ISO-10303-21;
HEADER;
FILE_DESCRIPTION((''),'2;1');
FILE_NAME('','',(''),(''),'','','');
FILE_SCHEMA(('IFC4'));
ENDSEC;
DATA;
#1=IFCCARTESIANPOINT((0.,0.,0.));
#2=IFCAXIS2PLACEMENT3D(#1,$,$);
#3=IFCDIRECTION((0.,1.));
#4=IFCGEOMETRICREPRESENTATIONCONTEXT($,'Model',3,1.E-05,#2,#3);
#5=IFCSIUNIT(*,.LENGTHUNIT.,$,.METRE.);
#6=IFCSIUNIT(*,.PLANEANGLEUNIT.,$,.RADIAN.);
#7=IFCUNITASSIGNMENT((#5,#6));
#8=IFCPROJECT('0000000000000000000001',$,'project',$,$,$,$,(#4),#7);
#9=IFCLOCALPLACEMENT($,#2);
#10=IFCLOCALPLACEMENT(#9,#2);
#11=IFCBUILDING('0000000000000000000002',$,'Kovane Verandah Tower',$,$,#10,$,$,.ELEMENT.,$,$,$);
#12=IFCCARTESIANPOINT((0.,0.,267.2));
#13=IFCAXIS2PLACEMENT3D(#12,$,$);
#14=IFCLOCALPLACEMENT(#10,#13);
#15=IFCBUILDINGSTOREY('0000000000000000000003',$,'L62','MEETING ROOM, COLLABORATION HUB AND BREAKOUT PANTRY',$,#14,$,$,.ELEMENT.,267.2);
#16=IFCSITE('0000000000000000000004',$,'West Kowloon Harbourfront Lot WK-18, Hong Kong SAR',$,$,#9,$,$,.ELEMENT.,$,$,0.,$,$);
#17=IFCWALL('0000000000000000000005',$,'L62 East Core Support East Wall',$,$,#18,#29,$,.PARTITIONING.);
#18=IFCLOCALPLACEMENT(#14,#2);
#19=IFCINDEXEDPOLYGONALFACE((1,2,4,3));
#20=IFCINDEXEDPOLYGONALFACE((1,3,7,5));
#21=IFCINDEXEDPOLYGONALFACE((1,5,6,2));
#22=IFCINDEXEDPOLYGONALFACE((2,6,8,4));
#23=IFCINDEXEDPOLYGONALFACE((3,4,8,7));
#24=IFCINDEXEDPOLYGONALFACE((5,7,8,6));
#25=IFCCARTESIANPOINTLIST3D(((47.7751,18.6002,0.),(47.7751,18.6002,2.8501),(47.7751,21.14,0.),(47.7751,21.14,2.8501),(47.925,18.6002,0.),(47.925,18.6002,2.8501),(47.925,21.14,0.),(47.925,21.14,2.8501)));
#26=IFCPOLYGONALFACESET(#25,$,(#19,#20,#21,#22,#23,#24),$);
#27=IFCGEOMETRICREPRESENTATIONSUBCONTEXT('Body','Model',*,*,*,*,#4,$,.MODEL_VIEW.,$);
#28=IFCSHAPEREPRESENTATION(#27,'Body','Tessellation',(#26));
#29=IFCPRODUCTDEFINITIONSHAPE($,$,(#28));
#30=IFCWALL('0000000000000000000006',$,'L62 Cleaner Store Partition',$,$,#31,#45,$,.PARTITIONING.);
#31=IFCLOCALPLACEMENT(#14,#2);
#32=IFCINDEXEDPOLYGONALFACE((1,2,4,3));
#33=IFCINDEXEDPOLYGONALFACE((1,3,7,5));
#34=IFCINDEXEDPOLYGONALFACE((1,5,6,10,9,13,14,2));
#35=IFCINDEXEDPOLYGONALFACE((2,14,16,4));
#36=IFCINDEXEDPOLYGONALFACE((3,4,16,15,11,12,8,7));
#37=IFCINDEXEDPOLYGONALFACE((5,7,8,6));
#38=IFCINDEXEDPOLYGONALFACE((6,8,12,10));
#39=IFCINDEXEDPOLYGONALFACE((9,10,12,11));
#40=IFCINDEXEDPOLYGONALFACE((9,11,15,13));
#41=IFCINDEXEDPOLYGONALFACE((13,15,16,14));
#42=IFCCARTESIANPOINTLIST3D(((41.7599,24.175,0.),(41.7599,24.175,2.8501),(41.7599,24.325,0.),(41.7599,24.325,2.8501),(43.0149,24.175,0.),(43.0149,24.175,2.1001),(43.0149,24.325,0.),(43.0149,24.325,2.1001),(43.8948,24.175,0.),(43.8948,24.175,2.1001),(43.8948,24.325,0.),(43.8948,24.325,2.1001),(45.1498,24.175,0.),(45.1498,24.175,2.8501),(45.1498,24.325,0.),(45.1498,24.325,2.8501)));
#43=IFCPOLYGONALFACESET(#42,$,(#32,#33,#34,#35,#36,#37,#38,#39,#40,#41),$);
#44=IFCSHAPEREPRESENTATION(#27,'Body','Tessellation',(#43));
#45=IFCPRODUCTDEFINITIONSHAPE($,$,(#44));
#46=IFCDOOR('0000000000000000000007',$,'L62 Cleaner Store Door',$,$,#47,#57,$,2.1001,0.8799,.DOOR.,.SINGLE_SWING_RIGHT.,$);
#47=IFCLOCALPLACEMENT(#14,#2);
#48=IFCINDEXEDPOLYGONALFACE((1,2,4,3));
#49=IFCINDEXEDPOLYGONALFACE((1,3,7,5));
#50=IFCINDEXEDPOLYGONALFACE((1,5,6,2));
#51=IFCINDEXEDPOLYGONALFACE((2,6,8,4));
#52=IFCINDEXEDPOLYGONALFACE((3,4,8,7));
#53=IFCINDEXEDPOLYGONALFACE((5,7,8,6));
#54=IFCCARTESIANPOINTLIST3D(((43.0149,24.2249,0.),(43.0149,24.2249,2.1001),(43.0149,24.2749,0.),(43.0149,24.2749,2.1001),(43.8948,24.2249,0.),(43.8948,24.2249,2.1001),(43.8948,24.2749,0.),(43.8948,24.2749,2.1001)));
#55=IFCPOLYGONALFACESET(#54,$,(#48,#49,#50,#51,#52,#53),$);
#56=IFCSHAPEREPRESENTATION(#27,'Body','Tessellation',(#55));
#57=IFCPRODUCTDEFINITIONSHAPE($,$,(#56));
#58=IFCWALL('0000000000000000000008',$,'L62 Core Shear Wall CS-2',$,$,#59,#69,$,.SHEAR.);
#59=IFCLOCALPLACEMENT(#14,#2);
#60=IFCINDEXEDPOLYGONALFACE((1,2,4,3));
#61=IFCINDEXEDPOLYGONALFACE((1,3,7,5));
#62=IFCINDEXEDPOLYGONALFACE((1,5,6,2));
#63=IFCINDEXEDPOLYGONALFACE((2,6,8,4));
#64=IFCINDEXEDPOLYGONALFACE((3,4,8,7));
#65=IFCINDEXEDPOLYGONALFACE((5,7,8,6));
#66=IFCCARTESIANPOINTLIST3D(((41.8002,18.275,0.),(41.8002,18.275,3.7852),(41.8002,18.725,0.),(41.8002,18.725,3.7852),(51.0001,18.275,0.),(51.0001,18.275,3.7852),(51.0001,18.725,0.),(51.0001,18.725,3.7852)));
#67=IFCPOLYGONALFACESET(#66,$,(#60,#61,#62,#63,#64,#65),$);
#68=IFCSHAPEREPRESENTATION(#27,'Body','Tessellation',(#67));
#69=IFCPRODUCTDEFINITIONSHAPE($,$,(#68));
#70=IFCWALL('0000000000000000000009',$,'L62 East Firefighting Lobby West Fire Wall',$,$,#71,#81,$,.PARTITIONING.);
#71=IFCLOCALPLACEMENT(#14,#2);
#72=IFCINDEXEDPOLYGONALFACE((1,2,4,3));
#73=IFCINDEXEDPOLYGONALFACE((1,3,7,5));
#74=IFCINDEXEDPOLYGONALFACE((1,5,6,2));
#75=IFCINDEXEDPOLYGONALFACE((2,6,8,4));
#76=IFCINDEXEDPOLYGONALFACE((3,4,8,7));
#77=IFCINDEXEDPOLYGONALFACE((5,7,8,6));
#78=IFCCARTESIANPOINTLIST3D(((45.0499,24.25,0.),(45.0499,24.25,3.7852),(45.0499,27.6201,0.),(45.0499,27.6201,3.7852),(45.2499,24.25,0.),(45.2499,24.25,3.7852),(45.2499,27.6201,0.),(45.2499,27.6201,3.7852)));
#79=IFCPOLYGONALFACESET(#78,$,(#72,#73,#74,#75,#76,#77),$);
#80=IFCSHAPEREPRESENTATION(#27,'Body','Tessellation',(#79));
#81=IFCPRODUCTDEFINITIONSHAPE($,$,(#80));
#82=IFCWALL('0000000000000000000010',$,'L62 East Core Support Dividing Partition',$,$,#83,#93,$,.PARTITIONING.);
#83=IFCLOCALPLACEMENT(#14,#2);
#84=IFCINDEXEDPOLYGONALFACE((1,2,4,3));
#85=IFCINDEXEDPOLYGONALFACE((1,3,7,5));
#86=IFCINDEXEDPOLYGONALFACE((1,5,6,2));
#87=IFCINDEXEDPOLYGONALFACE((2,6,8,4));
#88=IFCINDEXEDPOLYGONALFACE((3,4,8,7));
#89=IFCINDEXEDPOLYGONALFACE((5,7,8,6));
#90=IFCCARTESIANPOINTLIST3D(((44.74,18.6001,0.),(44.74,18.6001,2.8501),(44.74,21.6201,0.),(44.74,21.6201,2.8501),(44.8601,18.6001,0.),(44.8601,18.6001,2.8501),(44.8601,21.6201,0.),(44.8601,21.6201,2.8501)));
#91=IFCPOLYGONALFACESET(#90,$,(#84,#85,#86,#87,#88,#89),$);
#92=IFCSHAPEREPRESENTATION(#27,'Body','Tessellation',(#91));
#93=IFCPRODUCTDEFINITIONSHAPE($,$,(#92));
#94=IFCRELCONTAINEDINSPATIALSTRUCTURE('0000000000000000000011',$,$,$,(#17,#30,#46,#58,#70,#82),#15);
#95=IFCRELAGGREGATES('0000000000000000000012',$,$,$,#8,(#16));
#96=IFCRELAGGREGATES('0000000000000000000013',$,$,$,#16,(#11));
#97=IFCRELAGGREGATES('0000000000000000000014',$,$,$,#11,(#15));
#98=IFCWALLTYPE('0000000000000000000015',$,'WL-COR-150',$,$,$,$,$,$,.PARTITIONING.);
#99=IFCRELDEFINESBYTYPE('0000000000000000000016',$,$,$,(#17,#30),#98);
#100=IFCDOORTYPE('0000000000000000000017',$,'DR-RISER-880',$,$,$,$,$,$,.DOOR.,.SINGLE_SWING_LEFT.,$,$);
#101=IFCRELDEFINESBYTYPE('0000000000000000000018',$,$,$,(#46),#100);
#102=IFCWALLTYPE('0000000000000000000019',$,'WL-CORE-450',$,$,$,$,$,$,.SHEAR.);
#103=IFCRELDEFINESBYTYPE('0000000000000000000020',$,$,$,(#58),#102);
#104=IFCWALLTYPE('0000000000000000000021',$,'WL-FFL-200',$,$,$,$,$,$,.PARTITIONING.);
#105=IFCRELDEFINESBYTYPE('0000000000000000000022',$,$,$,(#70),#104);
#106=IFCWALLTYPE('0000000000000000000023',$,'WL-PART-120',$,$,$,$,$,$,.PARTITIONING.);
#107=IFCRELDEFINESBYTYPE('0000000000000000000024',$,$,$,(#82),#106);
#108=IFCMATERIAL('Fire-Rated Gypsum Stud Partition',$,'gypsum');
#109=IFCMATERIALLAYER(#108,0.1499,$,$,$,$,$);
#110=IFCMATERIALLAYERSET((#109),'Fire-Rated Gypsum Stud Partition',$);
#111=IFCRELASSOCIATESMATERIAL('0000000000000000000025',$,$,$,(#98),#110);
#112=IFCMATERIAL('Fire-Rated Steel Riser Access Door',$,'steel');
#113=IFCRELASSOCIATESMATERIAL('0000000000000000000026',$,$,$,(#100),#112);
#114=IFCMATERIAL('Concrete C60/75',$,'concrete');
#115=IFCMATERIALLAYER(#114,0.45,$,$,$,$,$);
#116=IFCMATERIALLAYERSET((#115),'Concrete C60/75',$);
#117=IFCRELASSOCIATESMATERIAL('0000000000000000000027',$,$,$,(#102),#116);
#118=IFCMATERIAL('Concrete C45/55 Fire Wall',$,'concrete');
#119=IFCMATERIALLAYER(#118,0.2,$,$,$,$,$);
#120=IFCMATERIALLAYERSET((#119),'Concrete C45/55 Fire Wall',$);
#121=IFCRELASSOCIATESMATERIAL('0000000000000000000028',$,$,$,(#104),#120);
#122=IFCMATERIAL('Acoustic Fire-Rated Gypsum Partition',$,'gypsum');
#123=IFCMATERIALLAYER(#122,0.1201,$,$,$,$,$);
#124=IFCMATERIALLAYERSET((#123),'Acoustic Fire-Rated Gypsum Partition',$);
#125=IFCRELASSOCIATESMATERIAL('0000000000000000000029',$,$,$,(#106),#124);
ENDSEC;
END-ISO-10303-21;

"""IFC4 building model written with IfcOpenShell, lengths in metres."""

from ifc_helpers import new_model, si_unit, direction, frame, frame_2d, origin, place, context, subcontext, project, spatial, rectangle, extrude, material, layer, layer_set, type_object, element, fill, save


model = new_model("IFC4")

# Units and contexts
model_context = context("Model", 3, precision=1e-05, world=origin(), true_north=direction((0.0, 1.0)))
body_context = subcontext(model_context, "Body", "Model", "MODEL_VIEW")
ifc_project = project(units=[si_unit("LENGTHUNIT", "METRE"), si_unit("PLANEANGLEUNIT", "RADIAN")], contexts=[model_context])

# Site, building, storey
site_placement = place(None, origin())
site = spatial("IfcSite", under=ifc_project, at=site_placement, Name="West Kowloon Harbourfront Lot WK-18, Hong Kong SAR", CompositionType="ELEMENT", RefElevation=0.0)
building_placement = place(site_placement, origin())
building = spatial("IfcBuilding", under=site, at=building_placement, Name="Kovane Verandah Tower", CompositionType="ELEMENT")
storey_placement = place(building_placement, frame((0.0, 0.0, 267.2)))
storey = spatial("IfcBuildingStorey", under=building, at=storey_placement, Name="L62", Description="MEETING ROOM, COLLABORATION HUB AND BREAKOUT PANTRY", CompositionType="ELEMENT", Elevation=267.2)

# Shared definitions
ifc_material_1 = material(Name="Concrete C60/75", Category="concrete")

# Shared definitions
ifc_material_2 = material(Name="Fire-Rated Gypsum Stud Partition", Category="gypsum")
ifc_layer_1 = layer(ifc_material_2, 0.1499)
ifc_layer_set_1 = layer_set([ifc_layer_1], Name="Fire-Rated Gypsum Stud Partition")
wall_type_1 = type_object("IfcWallType", Name="WL-COR-150", PredefinedType="PARTITIONING", material=ifc_layer_set_1)

# Wall
wall_1_placement = place(storey_placement, frame((47.8501, 18.6001, 0.0), z_axis=(0.0, 0.0, 1.0), x_axis=(0.0, 1.0, 0.0)))
element("IfcWall", 1, at=wall_1_placement, inside=storey, type_object=wall_type_1, Name="L62 East Core Support East Wall", PredefinedType="PARTITIONING", context=body_context, shape_type="SweptSolid", body=[
    extrude(rectangle(XDim=2.5398, YDim=0.1499, at=frame_2d((1.27, 0.0))), origin(), (0.0, 0.0, 1.0), 2.8501),
])

# Wall, opening, door
wall_2_placement = place(storey_placement, frame((41.76, 24.25, 0.0), z_axis=(0.0, 0.0, 1.0), x_axis=(1.0, 0.0, 0.0)))
wall_2 = element("IfcWall", 2, at=wall_2_placement, inside=storey, type_object=wall_type_1, Name="L62 Cleaner Store Partition", PredefinedType="PARTITIONING", context=body_context, shape_type="SweptSolid", body=[
    extrude(rectangle(XDim=3.3899, YDim=0.1499, at=frame_2d((1.6948, 0.0))), origin(), (0.0, 0.0, 1.0), 2.8501),
])
opening_1_placement = place(wall_2_placement, frame((1.2549, 0.0, 0.0)))
opening_1 = element("IfcOpeningElement", 3, at=opening_1_placement, cuts=wall_2, PredefinedType="OPENING", context=body_context, shape_type="SweptSolid", body=[
    extrude(rectangle(XDim=0.8799, YDim=2.1001, at=frame_2d((0.4399, 1.05))), frame((0.0, 0.075, 0.0), z_axis=(0.0, -1.0, 0.0), x_axis=(1.0, 0.0, 0.0)), (0.0, 0.0, 1.0), 0.1499),
])
ifc_material_3 = material(Name="Fire-Rated Steel Riser Access Door", Category="steel")
door_type_1 = type_object("IfcDoorType", Name="DR-RISER-880", OperationType="SINGLE_SWING_LEFT", PredefinedType="DOOR", material=ifc_material_3)
door_1_placement = place(opening_1_placement, origin())
door_1 = element("IfcDoor", 4, at=door_1_placement, inside=storey, type_object=door_type_1, Name="L62 Cleaner Store Door", OperationType="SINGLE_SWING_RIGHT", OverallHeight=2.1001, OverallWidth=0.8799, PredefinedType="DOOR", context=body_context, shape_type="SweptSolid", body=[
    extrude(rectangle(XDim=0.8799, YDim=2.1001, at=frame_2d((0.4399, 1.05))), frame((0.0, 0.0249, 0.0), z_axis=(0.0, -1.0, 0.0), x_axis=(1.0, 0.0, 0.0)), (0.0, 0.0, 1.0), 0.05),
])
fill(opening_1, door_1)

# Walls
ifc_layer_2 = layer(ifc_material_1, 0.45)
ifc_layer_set_2 = layer_set([ifc_layer_2], Name="Concrete C60/75")
wall_type_2 = type_object("IfcWallType", Name="WL-CORE-450", PredefinedType="SHEAR", material=ifc_layer_set_2)
wall_3_placement = place(storey_placement, frame((41.8, 18.5, 0.0), z_axis=(0.0, 0.0, 1.0), x_axis=(1.0, 0.0, 0.0)))
element("IfcWall", 5, at=wall_3_placement, inside=storey, type_object=wall_type_2, Name="L62 Core Shear Wall CS-2", PredefinedType="SHEAR", context=body_context, shape_type="SweptSolid", body=[
    extrude(rectangle(XDim=9.2, YDim=0.45, at=frame_2d((4.6001, 0.0))), origin(), (0.0, 0.0, 1.0), 3.7852),
])
ifc_material_4 = material(Name="Concrete C45/55 Fire Wall", Category="concrete")
ifc_layer_3 = layer(ifc_material_4, 0.2)
ifc_layer_set_3 = layer_set([ifc_layer_3], Name="Concrete C45/55 Fire Wall")
wall_type_3 = type_object("IfcWallType", Name="WL-FFL-200", PredefinedType="PARTITIONING", material=ifc_layer_set_3)
wall_4_placement = place(storey_placement, frame((45.1499, 24.25, 0.0), z_axis=(0.0, 0.0, 1.0), x_axis=(0.0, 1.0, 0.0)))
element("IfcWall", 6, at=wall_4_placement, inside=storey, type_object=wall_type_3, Name="L62 East Firefighting Lobby West Fire Wall", PredefinedType="PARTITIONING", context=body_context, shape_type="SweptSolid", body=[
    extrude(rectangle(XDim=3.3701, YDim=0.2, at=frame_2d((1.6851, 0.0))), origin(), (0.0, 0.0, 1.0), 3.7852),
])
ifc_material_5 = material(Name="Acoustic Fire-Rated Gypsum Partition", Category="gypsum")
ifc_layer_4 = layer(ifc_material_5, 0.1201)
ifc_layer_set_4 = layer_set([ifc_layer_4], Name="Acoustic Fire-Rated Gypsum Partition")
wall_type_4 = type_object("IfcWallType", Name="WL-PART-120", PredefinedType="PARTITIONING", material=ifc_layer_set_4)
wall_5_placement = place(storey_placement, frame((44.8, 18.6001, 0.0), z_axis=(0.0, 0.0, 1.0), x_axis=(0.0, 1.0, 0.0)))
element("IfcWall", 7, at=wall_5_placement, inside=storey, type_object=wall_type_4, Name="L62 East Core Support Dividing Partition", PredefinedType="PARTITIONING", context=body_context, shape_type="SweptSolid", body=[
    extrude(rectangle(XDim=3.02, YDim=0.1201, at=frame_2d((1.51, 0.0))), origin(), (0.0, 0.0, 1.0), 2.8501),
])

save(model, "model.ifc")
